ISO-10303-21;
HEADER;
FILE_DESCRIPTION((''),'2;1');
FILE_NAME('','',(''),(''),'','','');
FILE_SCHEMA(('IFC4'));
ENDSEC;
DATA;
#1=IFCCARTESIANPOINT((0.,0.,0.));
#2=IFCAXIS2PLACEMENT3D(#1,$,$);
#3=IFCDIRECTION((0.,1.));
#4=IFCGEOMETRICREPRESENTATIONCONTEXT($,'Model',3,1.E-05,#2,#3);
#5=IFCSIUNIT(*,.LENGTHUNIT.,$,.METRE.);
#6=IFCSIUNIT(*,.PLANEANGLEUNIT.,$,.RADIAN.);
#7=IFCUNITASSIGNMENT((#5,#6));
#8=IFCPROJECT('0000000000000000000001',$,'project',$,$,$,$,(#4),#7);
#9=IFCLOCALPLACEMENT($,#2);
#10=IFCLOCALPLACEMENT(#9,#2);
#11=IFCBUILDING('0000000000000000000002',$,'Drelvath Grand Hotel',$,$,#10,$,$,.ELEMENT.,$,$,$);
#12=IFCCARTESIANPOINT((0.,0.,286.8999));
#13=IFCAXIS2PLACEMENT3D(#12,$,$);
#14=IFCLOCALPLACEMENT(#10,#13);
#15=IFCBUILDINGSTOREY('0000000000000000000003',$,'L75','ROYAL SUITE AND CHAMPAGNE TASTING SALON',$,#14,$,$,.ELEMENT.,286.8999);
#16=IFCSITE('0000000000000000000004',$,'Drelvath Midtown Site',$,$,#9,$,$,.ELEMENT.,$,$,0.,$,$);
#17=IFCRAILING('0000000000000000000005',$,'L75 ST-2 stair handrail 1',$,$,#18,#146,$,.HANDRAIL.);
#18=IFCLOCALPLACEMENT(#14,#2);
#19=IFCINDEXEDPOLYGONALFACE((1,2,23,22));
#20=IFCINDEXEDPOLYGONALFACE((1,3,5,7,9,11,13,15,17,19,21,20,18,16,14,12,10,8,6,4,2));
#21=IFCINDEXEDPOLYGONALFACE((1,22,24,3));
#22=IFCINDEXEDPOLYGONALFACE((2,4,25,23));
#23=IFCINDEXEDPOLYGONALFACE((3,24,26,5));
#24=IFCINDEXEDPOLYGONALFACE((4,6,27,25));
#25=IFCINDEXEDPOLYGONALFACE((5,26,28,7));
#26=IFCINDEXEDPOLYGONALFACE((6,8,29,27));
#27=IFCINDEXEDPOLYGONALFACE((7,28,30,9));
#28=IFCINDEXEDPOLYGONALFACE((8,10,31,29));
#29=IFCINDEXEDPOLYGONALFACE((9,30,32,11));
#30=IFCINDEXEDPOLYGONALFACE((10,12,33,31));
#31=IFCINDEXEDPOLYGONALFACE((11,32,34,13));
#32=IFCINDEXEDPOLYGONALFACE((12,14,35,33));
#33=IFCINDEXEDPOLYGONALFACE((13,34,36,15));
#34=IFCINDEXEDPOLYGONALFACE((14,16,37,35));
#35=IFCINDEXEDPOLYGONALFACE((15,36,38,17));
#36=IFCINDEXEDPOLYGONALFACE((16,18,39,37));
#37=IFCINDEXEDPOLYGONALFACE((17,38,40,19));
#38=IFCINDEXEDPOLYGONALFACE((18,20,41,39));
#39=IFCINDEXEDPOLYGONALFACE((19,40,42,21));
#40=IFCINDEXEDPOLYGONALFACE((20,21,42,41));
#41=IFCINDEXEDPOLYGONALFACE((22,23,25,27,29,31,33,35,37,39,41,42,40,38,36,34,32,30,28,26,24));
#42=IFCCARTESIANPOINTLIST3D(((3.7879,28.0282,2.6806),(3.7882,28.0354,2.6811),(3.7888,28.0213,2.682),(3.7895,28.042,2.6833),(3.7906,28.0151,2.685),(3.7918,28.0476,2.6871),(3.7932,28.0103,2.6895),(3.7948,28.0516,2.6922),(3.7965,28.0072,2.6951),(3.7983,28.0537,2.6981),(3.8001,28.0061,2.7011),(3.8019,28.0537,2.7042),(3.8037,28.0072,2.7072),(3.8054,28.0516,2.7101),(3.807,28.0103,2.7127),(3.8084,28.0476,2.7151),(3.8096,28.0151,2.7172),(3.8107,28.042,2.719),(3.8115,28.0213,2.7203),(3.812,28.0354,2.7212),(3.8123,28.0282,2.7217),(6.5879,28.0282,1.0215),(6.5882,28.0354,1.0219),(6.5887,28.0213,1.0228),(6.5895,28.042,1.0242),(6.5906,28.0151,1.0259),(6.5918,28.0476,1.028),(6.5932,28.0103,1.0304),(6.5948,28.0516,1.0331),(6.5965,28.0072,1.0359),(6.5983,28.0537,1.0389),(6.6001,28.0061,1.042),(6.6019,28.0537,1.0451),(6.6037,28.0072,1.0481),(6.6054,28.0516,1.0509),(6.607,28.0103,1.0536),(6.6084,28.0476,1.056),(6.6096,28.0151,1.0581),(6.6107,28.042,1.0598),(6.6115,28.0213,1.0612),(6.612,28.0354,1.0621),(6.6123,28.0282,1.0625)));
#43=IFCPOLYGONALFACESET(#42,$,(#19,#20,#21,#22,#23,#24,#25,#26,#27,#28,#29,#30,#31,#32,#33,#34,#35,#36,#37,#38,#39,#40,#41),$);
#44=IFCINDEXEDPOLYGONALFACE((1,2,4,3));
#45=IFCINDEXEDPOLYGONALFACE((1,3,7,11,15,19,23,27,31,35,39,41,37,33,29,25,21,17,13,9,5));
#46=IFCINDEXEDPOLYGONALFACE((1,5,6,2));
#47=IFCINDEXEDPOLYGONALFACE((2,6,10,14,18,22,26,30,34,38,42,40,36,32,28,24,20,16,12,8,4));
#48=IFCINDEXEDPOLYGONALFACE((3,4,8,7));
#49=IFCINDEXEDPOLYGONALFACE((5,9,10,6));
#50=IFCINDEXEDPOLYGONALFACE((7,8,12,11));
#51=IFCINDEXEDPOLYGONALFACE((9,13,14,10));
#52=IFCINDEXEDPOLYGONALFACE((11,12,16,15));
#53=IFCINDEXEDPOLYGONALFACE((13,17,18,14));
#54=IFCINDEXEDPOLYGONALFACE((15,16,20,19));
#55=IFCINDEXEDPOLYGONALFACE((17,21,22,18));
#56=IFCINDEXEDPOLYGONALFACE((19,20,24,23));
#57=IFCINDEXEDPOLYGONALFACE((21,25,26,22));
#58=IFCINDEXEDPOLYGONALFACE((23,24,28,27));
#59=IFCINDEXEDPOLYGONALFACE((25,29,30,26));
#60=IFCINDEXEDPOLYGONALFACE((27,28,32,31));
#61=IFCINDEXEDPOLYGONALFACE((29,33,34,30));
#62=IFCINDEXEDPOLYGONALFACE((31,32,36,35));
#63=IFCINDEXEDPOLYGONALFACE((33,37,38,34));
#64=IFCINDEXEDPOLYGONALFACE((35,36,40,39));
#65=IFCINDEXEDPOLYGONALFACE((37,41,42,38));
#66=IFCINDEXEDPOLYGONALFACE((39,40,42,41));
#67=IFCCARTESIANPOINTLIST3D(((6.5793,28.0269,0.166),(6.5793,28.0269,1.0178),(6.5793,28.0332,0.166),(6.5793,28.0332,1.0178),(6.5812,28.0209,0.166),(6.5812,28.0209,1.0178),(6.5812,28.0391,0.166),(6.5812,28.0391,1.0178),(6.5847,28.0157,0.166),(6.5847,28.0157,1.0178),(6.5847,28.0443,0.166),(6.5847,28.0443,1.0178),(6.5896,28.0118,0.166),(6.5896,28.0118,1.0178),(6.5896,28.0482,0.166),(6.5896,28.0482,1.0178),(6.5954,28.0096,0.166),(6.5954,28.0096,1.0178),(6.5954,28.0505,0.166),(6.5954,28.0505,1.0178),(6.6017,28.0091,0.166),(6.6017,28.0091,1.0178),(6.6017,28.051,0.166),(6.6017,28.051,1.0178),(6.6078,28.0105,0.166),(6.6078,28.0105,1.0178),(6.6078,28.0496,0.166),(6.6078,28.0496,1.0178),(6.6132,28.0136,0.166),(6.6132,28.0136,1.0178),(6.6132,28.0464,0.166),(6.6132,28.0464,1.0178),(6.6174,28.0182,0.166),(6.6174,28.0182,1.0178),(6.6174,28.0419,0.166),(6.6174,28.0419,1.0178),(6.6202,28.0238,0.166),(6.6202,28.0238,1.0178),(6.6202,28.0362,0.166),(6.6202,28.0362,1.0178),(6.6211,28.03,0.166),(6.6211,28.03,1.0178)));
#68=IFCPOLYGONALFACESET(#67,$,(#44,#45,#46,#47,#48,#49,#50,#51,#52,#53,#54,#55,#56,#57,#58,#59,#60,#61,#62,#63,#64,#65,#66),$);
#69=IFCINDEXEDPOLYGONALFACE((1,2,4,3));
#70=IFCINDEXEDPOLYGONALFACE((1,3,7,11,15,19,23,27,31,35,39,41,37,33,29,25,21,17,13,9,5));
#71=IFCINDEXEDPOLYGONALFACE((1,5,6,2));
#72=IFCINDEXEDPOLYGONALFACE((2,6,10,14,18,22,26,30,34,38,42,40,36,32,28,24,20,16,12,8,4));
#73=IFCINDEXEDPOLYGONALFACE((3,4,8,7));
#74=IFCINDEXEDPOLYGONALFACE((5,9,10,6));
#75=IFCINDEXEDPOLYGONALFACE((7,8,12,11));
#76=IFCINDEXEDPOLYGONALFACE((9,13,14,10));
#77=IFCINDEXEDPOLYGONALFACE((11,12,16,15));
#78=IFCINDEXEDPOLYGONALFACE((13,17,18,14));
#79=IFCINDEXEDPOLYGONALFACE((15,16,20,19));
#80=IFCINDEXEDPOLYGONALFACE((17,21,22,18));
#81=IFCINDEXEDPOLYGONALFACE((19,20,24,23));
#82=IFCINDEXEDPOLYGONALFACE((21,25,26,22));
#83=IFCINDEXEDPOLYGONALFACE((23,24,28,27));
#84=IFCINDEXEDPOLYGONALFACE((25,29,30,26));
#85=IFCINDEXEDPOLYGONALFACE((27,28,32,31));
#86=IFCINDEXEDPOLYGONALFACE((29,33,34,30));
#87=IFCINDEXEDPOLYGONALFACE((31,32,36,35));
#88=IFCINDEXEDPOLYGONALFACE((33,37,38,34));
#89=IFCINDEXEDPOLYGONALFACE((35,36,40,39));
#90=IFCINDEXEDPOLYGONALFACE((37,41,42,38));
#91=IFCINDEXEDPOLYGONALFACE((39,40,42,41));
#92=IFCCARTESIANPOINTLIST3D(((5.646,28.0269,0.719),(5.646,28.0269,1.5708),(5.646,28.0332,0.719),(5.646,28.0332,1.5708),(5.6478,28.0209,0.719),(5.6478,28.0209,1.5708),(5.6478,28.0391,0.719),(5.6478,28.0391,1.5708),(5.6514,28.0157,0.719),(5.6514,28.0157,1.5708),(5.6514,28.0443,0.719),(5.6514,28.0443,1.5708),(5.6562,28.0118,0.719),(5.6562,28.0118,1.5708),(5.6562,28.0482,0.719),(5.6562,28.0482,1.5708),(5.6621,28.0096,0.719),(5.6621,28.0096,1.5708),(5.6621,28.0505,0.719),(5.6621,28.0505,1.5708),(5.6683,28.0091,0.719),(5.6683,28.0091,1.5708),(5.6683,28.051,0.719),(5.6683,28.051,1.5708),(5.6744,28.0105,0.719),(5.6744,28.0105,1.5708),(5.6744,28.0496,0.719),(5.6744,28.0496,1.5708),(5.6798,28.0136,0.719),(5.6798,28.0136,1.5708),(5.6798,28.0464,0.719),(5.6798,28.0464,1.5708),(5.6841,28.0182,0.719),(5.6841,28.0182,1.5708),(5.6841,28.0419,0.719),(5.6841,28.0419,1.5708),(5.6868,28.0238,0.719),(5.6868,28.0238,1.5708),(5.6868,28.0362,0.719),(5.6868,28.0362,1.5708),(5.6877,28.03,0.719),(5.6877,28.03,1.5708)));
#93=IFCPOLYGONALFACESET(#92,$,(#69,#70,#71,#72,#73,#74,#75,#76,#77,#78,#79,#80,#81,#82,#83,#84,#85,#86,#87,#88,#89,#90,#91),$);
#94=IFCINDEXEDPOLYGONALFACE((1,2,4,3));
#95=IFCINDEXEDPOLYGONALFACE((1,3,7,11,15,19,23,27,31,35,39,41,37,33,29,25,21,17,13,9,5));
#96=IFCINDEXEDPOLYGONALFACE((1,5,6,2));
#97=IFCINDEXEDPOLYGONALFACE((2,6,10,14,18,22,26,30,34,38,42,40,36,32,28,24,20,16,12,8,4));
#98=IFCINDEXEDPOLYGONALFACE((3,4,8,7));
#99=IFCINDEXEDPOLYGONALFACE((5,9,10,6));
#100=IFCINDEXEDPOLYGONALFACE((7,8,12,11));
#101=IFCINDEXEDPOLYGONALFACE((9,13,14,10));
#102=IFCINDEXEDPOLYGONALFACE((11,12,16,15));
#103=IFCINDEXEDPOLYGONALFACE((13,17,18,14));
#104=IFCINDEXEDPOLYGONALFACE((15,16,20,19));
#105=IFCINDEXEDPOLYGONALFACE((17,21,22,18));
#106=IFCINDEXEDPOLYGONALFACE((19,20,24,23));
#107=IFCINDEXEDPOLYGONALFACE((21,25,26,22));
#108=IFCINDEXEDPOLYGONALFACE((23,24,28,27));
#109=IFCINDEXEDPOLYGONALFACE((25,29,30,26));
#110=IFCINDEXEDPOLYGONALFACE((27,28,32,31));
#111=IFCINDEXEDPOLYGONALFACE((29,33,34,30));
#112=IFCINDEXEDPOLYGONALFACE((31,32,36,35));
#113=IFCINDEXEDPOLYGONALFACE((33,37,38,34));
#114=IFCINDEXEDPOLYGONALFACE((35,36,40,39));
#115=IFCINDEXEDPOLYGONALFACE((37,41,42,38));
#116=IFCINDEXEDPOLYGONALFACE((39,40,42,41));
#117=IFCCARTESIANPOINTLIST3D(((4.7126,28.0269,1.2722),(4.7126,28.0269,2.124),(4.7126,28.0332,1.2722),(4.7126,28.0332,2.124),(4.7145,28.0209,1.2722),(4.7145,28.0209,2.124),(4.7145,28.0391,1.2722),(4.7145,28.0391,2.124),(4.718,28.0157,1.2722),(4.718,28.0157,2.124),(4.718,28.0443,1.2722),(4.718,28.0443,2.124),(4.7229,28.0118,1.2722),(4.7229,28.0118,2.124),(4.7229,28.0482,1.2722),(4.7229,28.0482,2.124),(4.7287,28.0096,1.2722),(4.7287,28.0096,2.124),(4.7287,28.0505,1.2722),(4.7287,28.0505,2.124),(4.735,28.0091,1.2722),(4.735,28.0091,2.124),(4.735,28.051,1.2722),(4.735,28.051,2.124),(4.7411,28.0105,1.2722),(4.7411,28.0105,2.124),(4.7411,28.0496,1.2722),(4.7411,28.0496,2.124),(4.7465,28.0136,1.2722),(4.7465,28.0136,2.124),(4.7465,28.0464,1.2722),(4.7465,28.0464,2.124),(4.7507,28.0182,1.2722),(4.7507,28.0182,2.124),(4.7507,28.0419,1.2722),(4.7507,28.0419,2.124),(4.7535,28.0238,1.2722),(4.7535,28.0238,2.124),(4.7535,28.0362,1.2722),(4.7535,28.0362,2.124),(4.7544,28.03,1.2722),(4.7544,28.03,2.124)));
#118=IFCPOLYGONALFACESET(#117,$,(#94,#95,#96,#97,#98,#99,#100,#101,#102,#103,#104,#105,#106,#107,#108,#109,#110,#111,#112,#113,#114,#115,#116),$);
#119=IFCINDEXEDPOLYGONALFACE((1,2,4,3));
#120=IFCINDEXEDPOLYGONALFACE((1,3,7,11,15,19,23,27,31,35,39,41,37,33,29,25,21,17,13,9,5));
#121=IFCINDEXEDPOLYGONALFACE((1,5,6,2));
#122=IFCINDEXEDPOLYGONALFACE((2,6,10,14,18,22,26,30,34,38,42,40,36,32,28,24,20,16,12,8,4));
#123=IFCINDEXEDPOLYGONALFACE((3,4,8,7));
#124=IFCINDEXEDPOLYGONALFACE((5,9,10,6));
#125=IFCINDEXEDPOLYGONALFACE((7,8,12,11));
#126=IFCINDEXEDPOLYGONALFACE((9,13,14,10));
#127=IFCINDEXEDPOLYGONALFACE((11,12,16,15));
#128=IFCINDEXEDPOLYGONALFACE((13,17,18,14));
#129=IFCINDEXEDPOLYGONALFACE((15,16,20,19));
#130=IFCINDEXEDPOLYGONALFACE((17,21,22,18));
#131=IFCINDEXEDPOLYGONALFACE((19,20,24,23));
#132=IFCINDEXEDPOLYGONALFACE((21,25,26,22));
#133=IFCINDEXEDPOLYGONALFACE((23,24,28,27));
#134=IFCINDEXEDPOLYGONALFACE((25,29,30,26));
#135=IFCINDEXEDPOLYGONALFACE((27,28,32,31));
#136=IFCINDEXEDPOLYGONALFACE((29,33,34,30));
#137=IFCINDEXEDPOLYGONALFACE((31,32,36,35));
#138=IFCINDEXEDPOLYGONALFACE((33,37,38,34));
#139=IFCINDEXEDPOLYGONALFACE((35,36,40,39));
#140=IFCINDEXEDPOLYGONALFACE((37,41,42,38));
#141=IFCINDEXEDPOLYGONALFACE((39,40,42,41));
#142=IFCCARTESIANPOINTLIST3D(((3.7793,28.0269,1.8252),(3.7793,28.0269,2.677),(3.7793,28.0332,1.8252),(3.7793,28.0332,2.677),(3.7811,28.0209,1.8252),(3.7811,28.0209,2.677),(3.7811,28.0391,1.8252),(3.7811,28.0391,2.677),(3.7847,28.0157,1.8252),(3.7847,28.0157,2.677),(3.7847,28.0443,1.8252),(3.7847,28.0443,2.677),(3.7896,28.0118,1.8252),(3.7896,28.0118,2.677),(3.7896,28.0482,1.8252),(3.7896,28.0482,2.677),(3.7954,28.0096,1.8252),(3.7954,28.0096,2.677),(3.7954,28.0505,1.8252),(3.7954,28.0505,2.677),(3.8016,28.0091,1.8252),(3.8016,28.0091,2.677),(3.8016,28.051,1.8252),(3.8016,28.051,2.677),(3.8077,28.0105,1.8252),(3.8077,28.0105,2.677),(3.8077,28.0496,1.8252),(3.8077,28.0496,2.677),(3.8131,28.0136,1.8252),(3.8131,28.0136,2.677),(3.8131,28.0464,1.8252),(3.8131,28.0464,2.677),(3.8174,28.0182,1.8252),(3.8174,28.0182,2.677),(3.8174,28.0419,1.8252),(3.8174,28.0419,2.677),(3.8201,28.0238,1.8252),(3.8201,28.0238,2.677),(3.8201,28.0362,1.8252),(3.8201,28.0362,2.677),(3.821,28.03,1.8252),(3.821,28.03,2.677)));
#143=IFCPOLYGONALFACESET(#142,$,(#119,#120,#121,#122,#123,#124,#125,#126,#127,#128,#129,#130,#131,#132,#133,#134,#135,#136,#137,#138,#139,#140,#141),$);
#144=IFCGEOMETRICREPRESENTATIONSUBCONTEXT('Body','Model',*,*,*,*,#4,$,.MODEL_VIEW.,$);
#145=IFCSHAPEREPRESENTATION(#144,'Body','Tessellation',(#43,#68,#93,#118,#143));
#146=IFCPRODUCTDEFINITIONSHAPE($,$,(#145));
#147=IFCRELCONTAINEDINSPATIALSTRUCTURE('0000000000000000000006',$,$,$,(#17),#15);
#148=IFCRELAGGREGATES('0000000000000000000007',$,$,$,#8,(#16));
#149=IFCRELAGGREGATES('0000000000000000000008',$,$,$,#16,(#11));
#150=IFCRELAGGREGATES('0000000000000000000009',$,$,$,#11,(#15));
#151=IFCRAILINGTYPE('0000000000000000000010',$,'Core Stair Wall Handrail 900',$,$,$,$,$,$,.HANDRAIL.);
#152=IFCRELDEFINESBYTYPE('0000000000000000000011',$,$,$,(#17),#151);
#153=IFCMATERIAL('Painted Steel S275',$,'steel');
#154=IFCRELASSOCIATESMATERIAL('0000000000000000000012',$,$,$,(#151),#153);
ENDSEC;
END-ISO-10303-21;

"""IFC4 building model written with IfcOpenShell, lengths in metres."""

from ifc_helpers import new_model, si_unit, direction, frame, origin, origin_2d, place, context, subcontext, project, spatial, circle, extrude, material, type_object, element, save


model = new_model("IFC4")

# Units and contexts
model_context = context("Model", 3, precision=1e-05, world=origin(), true_north=direction((0.0, 1.0)))
body_context = subcontext(model_context, "Body", "Model", "MODEL_VIEW")
ifc_project = project(units=[si_unit("LENGTHUNIT", "METRE"), si_unit("PLANEANGLEUNIT", "RADIAN")], contexts=[model_context])

# Site, building, storey
site_placement = place(None, origin())
site = spatial("IfcSite", under=ifc_project, at=site_placement, Name="Drelvath Midtown Site", CompositionType="ELEMENT", RefElevation=0.0)
building_placement = place(site_placement, origin())
building = spatial("IfcBuilding", under=site, at=building_placement, Name="Drelvath Grand Hotel", CompositionType="ELEMENT")
storey_placement = place(building_placement, frame((0.0, 0.0, 286.8999)))
storey = spatial("IfcBuildingStorey", under=building, at=storey_placement, Name="L75", Description="ROYAL SUITE AND CHAMPAGNE TASTING SALON", CompositionType="ELEMENT", Elevation=286.8999)

# Shared definitions
ifc_material_1 = material(Name="Painted Steel S275", Category="steel")

# Railing
railing_type = type_object("IfcRailingType", Name="Core Stair Wall Handrail 900", PredefinedType="HANDRAIL", material=ifc_material_1)
railing_placement = place(storey_placement, frame((6.6001, 28.03, 0.166)))
element("IfcRailing", 1, at=railing_placement, inside=storey, type_object=railing_type, Name="L75 ST-2 stair handrail 1", PredefinedType="HANDRAIL", context=body_context, shape_type="SweptSolid", body=[
    extrude(circle(Radius=0.0239, at=origin_2d()), frame((0.0, 0.0, 0.876), z_axis=(-0.860306, 0.0, 0.509778), x_axis=(0.0, -1.0, 0.0)), (0.0, 0.0, 1.0), 3.2546),
    extrude(circle(Radius=0.021, at=origin_2d()), origin(), (0.0, 0.0, 1.0), 0.8518),
    extrude(circle(Radius=0.021, at=origin_2d()), frame((-0.9333, 0.0, 0.553)), (0.0, 0.0, 1.0), 0.8518),
    extrude(circle(Radius=0.021, at=origin_2d()), frame((-1.8667, 0.0, 1.1062)), (0.0, 0.0, 1.0), 0.8518),
    extrude(circle(Radius=0.021, at=origin_2d()), frame((-2.8, 0.0, 1.6592)), (0.0, 0.0, 1.0), 0.8518),
])

save(model, "model.ifc")
